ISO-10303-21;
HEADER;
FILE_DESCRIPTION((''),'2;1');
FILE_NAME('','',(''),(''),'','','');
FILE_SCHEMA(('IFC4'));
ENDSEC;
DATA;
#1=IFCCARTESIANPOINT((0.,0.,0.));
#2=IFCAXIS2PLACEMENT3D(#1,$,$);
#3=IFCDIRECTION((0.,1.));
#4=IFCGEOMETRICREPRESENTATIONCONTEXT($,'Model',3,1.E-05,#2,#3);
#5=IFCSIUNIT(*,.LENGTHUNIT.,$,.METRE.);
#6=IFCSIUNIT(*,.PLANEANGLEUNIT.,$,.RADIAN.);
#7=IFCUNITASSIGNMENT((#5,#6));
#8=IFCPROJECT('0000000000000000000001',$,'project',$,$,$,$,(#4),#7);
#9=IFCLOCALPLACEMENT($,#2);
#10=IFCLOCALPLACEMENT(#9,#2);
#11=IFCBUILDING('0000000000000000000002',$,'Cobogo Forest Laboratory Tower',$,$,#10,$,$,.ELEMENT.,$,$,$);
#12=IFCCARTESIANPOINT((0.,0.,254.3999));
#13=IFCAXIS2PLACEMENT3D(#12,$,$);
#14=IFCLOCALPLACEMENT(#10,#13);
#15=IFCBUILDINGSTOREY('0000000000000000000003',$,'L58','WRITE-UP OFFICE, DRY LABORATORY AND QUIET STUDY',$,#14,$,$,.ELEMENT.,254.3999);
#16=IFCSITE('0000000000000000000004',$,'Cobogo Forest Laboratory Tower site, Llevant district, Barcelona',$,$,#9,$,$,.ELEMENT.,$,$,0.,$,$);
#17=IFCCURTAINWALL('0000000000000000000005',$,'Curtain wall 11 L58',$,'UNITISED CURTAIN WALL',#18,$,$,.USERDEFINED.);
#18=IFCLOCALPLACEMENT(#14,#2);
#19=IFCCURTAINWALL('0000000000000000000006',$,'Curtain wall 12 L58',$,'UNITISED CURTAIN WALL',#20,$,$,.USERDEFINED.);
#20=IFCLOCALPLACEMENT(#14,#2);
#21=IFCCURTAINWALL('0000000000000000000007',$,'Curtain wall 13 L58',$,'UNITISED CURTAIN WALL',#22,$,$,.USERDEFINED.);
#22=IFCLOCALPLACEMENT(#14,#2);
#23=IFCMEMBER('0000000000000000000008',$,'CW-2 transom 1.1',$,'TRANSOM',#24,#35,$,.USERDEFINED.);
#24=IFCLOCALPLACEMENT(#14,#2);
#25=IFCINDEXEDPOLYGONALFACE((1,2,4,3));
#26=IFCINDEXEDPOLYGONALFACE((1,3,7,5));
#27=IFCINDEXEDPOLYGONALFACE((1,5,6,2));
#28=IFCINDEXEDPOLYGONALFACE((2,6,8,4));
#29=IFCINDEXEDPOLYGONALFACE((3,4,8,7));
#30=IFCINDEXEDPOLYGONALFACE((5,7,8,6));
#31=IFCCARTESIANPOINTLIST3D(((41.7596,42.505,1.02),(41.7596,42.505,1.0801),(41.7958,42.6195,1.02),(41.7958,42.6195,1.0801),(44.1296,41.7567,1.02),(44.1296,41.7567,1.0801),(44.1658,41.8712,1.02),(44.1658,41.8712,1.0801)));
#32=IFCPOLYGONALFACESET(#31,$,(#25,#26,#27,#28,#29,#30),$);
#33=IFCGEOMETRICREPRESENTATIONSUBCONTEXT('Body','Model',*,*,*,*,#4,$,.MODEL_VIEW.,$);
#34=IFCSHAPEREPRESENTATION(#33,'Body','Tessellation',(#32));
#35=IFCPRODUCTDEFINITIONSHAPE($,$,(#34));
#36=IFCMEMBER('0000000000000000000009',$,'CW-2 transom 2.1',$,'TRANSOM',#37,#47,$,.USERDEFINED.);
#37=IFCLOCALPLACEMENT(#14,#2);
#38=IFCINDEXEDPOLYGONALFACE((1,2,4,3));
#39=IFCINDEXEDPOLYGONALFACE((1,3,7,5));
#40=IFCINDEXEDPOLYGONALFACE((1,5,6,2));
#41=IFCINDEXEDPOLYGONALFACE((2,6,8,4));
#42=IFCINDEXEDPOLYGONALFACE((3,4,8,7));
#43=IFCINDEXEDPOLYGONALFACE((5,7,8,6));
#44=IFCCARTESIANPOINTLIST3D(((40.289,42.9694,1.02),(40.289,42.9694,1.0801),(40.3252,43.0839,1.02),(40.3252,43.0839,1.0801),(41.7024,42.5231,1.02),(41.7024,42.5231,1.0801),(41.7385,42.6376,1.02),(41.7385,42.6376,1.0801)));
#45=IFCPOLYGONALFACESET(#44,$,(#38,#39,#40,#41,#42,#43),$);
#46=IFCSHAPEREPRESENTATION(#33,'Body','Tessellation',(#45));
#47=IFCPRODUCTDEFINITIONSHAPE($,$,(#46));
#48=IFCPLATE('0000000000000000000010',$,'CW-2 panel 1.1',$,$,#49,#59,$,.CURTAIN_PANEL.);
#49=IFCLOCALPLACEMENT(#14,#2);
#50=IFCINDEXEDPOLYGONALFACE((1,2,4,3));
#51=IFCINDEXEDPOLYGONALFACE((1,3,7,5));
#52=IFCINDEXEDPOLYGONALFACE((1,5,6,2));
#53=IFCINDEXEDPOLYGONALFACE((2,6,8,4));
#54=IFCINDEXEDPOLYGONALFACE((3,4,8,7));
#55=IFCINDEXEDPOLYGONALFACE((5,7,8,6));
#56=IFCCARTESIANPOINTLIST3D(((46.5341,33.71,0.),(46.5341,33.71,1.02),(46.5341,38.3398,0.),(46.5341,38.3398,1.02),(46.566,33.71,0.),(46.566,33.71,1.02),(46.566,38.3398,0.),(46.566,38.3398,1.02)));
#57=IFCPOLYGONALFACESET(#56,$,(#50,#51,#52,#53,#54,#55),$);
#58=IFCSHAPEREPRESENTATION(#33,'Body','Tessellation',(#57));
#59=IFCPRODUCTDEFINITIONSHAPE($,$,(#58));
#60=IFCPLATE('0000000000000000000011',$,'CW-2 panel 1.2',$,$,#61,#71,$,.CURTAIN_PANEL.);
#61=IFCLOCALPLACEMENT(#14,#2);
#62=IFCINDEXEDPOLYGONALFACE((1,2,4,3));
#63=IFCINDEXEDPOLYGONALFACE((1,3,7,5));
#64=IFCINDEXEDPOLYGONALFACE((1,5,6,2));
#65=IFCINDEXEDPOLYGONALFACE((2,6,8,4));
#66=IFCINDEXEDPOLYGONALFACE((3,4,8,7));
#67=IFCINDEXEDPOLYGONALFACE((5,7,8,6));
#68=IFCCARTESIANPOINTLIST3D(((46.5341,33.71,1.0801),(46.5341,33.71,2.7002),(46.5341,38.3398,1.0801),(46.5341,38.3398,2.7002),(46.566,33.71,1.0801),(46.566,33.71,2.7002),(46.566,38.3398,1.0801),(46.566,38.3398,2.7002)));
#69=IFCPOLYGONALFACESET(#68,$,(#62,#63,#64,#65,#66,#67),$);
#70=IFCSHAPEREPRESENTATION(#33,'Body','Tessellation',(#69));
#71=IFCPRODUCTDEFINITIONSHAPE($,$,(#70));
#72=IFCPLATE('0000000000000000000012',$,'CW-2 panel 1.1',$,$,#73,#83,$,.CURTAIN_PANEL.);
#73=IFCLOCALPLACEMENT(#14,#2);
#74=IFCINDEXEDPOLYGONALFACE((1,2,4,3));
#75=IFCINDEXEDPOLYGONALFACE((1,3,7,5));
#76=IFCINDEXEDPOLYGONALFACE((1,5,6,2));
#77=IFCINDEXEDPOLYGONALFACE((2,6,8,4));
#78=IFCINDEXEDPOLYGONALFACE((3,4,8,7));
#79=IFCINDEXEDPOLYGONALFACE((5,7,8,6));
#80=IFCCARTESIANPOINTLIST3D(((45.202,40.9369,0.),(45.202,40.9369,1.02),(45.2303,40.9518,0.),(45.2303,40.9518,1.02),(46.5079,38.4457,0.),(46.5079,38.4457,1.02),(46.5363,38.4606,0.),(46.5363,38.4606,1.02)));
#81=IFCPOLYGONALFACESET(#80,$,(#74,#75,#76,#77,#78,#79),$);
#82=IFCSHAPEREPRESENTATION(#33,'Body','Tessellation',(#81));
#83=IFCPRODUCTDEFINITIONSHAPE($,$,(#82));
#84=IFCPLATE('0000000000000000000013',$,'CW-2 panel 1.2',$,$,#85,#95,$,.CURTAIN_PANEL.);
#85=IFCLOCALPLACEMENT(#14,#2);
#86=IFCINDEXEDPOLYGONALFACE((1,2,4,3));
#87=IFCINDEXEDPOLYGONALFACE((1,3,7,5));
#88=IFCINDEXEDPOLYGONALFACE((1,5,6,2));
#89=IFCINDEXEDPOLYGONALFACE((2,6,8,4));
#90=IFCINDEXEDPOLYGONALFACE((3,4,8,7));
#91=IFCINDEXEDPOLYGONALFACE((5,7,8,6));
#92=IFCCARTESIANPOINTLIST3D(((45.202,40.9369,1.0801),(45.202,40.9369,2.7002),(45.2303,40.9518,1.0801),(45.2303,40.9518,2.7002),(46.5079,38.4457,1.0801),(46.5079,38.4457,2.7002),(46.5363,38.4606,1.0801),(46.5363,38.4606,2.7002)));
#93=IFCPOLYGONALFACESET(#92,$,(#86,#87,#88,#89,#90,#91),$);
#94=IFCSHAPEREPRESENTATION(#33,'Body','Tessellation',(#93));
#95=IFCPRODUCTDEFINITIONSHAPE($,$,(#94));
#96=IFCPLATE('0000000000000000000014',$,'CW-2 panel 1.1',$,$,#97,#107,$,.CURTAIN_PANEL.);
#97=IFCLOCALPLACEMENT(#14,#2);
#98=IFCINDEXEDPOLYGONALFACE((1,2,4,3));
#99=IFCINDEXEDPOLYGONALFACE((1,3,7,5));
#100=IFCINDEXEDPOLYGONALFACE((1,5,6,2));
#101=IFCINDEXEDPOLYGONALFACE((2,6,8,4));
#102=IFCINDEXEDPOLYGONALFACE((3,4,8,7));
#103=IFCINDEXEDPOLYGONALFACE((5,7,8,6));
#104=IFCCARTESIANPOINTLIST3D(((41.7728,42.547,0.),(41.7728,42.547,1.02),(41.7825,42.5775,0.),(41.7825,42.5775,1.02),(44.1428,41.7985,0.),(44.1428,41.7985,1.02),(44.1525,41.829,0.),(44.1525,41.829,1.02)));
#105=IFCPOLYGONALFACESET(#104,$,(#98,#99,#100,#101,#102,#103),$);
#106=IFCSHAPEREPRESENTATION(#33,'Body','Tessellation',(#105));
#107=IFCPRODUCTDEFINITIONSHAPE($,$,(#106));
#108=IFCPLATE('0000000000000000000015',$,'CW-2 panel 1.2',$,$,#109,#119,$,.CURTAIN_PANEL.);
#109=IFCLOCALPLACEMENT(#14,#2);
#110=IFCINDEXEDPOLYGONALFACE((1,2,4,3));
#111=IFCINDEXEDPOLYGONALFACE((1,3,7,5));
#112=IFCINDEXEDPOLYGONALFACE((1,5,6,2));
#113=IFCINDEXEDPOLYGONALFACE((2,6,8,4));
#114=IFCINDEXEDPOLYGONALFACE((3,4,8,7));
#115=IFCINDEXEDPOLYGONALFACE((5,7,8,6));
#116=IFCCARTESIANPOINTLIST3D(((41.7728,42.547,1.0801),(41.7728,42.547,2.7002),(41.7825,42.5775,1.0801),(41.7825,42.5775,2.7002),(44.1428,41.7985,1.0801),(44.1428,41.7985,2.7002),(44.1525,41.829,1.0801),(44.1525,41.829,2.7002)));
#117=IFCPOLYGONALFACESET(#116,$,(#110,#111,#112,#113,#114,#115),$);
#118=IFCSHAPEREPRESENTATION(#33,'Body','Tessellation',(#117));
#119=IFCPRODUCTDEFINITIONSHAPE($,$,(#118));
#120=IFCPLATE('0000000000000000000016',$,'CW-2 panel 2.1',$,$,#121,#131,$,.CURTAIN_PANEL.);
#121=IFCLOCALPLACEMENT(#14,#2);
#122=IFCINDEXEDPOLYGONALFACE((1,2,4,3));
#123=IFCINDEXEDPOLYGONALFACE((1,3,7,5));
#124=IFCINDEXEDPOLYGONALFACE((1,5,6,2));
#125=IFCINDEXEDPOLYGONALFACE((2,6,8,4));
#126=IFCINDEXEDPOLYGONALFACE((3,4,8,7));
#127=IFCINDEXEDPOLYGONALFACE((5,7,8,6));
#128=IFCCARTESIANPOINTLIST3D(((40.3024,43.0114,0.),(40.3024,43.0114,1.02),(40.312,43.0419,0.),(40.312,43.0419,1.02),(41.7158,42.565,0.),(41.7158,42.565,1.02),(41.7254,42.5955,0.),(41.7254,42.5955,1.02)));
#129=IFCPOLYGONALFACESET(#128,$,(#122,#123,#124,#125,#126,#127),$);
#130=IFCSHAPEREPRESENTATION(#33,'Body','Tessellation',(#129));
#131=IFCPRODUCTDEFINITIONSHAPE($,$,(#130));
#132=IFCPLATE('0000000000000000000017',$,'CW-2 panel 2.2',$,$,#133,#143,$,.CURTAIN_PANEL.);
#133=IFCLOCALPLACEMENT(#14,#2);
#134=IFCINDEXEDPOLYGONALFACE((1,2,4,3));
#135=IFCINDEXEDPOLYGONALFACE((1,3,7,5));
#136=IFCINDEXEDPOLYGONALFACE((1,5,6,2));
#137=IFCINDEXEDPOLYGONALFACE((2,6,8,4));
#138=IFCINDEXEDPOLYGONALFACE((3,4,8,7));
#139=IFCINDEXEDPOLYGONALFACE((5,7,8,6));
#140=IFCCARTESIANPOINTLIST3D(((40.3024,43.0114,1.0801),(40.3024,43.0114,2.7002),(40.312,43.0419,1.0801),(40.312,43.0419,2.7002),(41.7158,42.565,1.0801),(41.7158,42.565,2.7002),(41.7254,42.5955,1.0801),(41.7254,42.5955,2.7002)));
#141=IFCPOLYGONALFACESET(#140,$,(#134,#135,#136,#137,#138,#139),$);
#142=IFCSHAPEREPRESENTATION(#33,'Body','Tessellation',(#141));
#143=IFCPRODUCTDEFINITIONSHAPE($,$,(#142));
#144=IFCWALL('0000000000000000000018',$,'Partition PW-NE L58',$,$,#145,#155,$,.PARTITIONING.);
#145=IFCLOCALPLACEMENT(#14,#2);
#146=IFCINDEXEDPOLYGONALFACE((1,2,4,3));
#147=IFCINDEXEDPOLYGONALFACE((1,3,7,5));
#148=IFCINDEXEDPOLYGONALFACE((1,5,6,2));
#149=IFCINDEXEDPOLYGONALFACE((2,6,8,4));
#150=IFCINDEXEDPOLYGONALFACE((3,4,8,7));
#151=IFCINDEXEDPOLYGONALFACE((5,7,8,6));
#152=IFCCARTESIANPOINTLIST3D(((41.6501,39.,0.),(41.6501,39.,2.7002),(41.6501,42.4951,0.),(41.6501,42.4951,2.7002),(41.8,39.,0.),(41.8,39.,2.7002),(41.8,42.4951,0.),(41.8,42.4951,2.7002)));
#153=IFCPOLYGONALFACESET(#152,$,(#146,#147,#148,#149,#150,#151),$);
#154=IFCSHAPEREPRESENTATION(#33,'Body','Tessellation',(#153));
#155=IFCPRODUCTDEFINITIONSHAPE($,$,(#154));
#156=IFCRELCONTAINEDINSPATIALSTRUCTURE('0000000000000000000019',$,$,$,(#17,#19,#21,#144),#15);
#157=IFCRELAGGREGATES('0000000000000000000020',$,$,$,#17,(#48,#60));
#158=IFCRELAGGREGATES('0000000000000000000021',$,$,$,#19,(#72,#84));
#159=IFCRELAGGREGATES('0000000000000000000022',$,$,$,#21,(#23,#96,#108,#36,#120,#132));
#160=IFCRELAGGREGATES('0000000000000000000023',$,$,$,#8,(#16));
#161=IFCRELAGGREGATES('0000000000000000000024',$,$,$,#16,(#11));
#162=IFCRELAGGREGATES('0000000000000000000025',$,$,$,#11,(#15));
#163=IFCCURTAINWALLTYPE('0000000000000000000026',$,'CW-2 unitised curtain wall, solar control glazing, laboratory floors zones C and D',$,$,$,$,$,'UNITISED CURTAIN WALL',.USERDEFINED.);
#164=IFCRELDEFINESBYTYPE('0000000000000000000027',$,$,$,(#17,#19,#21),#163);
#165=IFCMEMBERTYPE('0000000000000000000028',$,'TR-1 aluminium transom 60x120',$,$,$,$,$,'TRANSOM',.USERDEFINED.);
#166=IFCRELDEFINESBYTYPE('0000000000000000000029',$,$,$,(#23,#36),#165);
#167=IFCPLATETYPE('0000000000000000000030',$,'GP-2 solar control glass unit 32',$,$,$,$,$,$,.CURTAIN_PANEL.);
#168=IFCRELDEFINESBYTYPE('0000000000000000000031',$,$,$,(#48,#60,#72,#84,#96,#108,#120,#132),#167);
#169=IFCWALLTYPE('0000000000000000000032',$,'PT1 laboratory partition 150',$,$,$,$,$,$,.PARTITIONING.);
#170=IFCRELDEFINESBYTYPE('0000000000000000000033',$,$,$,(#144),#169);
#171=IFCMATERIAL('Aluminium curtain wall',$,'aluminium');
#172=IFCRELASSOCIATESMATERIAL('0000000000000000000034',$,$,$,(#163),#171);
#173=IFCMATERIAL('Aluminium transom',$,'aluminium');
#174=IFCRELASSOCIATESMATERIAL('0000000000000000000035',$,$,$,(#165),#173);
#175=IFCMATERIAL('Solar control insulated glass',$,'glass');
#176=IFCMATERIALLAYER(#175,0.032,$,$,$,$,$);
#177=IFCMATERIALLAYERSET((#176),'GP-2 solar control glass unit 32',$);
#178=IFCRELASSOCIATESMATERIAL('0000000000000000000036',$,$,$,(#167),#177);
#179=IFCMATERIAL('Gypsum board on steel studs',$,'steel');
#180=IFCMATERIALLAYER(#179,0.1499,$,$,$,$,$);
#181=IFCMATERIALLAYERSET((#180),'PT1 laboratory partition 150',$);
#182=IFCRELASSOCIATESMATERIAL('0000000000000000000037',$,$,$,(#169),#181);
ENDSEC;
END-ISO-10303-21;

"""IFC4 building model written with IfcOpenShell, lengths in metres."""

from ifc_helpers import new_model, si_unit, direction, frame, frame_2d, origin, origin_2d, place, context, subcontext, project, spatial, rectangle, extrude, material, layer, layer_set, material_profile, profile_set, type_object, element, aggregate, save


model = new_model("IFC4")

# Units and contexts
model_context = context("Model", 3, precision=1e-05, world=origin(), true_north=direction((0.0, 1.0)))
body_context = subcontext(model_context, "Body", "Model", "MODEL_VIEW")
ifc_project = project(units=[si_unit("LENGTHUNIT", "METRE"), si_unit("PLANEANGLEUNIT", "RADIAN")], contexts=[model_context])

# Site, building, storey
site_placement = place(None, origin())
site = spatial("IfcSite", under=ifc_project, at=site_placement, Name="Cobogo Forest Laboratory Tower site, Llevant district, Barcelona", CompositionType="ELEMENT", RefElevation=0.0)
building_placement = place(site_placement, origin())
building = spatial("IfcBuilding", under=site, at=building_placement, Name="Cobogo Forest Laboratory Tower", CompositionType="ELEMENT")
storey_placement = place(building_placement, frame((0.0, 0.0, 254.3999)))
storey = spatial("IfcBuildingStorey", under=building, at=storey_placement, Name="L58", Description="WRITE-UP OFFICE, DRY LABORATORY AND QUIET STUDY", CompositionType="ELEMENT", Elevation=254.3999)

# Curtain walls
ifc_material_1 = material(Name="Aluminium curtain wall", Category="aluminium")
curtain_wall_type = type_object("IfcCurtainWallType", Name="CW-2 unitised curtain wall, solar control glazing, laboratory floors zones C and D", ElementType="UNITISED CURTAIN WALL", PredefinedType="USERDEFINED", material=ifc_material_1)
curtain_wall_1_placement = place(storey_placement, origin())
curtain_wall_1 = element("IfcCurtainWall", 1, at=curtain_wall_1_placement, inside=storey, type_object=curtain_wall_type, Name="Curtain wall 11 L58", ObjectType="UNITISED CURTAIN WALL", PredefinedType="USERDEFINED")
curtain_wall_2_placement = place(storey_placement, origin())
curtain_wall_2 = element("IfcCurtainWall", 2, at=curtain_wall_2_placement, inside=storey, type_object=curtain_wall_type, Name="Curtain wall 12 L58", ObjectType="UNITISED CURTAIN WALL", PredefinedType="USERDEFINED")
curtain_wall_3_placement = place(storey_placement, origin())
curtain_wall_3 = element("IfcCurtainWall", 3, at=curtain_wall_3_placement, inside=storey, type_object=curtain_wall_type, Name="Curtain wall 13 L58", ObjectType="UNITISED CURTAIN WALL", PredefinedType="USERDEFINED")

# Members
ifc_material_2 = material(Name="Aluminium transom", Category="aluminium")
ifc_material_profile_1 = material_profile(ifc_material_2, rectangle(XDim=0.1201, YDim=0.0601, at=origin_2d()), Name="AL 60x120")
ifc_profile_set_1 = profile_set([ifc_material_profile_1], Name="Aluminium transom")
member_type_1 = type_object("IfcMemberType", Name="TR-1 aluminium transom 60x120", ElementType="TRANSOM", PredefinedType="USERDEFINED", material=ifc_profile_set_1)
member_1_placement = place(storey_placement, frame((44.1477, 41.814, 1.05), z_axis=(-0.953602, 0.30107, 0.0), x_axis=(-0.30107, -0.953602, 0.0)))
member_1 = element("IfcMember", 4, at=member_1_placement, type_object=member_type_1, Name="CW-2 transom 1.1", ObjectType="TRANSOM", PredefinedType="USERDEFINED", context=body_context, shape_type="SweptSolid", body=[
    extrude(rectangle(XDim=0.1201, YDim=0.0601, at=origin_2d()), origin(), (0.0, 0.0, 1.0), 2.4854),
])
member_2_placement = place(storey_placement, frame((41.7205, 42.5803, 1.05), z_axis=(-0.953588, 0.301116, 0.0), x_axis=(-0.301116, -0.953588, 0.0)))
member_2 = element("IfcMember", 5, at=member_2_placement, type_object=member_type_1, Name="CW-2 transom 2.1", ObjectType="TRANSOM", PredefinedType="USERDEFINED", context=body_context, shape_type="SweptSolid", body=[
    extrude(rectangle(XDim=0.1201, YDim=0.0601, at=origin_2d()), origin(), (0.0, 0.0, 1.0), 1.4822),
])

# Plates
ifc_material_3 = material(Name="Solar control insulated glass", Category="glass")
ifc_layer_1 = layer(ifc_material_3, 0.032)
ifc_layer_set_1 = layer_set([ifc_layer_1], Name="GP-2 solar control glass unit 32")
plate_type = type_object("IfcPlateType", Name="GP-2 solar control glass unit 32", PredefinedType="CURTAIN_PANEL", material=ifc_layer_set_1)
plate_1_placement = place(storey_placement, frame((46.55, 36.0249, 0.0), z_axis=(0.0, 0.0, 1.0), x_axis=(0.0, 1.0, 0.0)))
plate_1 = element("IfcPlate", 6, at=plate_1_placement, type_object=plate_type, Name="CW-2 panel 1.1", PredefinedType="CURTAIN_PANEL", context=body_context, shape_type="SweptSolid", body=[
    extrude(rectangle(XDim=4.6299, YDim=0.032, at=origin_2d()), origin(), (0.0, 0.0, 1.0), 1.02),
])
plate_2_placement = place(storey_placement, frame((46.55, 36.0249, 1.0801), z_axis=(0.0, 0.0, 1.0), x_axis=(0.0, 1.0, 0.0)))
plate_2 = element("IfcPlate", 7, at=plate_2_placement, type_object=plate_type, Name="CW-2 panel 1.2", PredefinedType="CURTAIN_PANEL", context=body_context, shape_type="SweptSolid", body=[
    extrude(rectangle(XDim=4.6299, YDim=0.032, at=origin_2d()), origin(), (0.0, 0.0, 1.0), 1.6201),
])
aggregate(curtain_wall_1, [plate_1, plate_2])
plate_3_placement = place(storey_placement, frame((45.8691, 39.6987, 0.0), z_axis=(0.0, 0.0, 1.0), x_axis=(-0.464284, 0.885686, 0.0)))
plate_3 = element("IfcPlate", 8, at=plate_3_placement, type_object=plate_type, Name="CW-2 panel 1.1", PredefinedType="CURTAIN_PANEL", context=body_context, shape_type="SweptSolid", body=[
    extrude(rectangle(XDim=2.8127, YDim=0.032, at=origin_2d()), origin(), (0.0, 0.0, 1.0), 1.02),
])
plate_4_placement = place(storey_placement, frame((45.8691, 39.6987, 1.0801), z_axis=(0.0, 0.0, 1.0), x_axis=(-0.464284, 0.885686, 0.0)))
plate_4 = element("IfcPlate", 9, at=plate_4_placement, type_object=plate_type, Name="CW-2 panel 1.2", PredefinedType="CURTAIN_PANEL", context=body_context, shape_type="SweptSolid", body=[
    extrude(rectangle(XDim=2.8127, YDim=0.032, at=origin_2d()), origin(), (0.0, 0.0, 1.0), 1.6201),
])
aggregate(curtain_wall_2, [plate_3, plate_4])
plate_5_placement = place(storey_placement, frame((42.9626, 42.188, 0.0), z_axis=(0.0, 0.0, 1.0), x_axis=(-0.953581, 0.301135, 0.0)))
plate_5 = element("IfcPlate", 10, at=plate_5_placement, type_object=plate_type, Name="CW-2 panel 1.1", PredefinedType="CURTAIN_PANEL", context=body_context, shape_type="SweptSolid", body=[
    extrude(rectangle(XDim=2.4854, YDim=0.032, at=origin_2d()), origin(), (0.0, 0.0, 1.0), 1.02),
])
plate_6_placement = place(storey_placement, frame((42.9626, 42.188, 1.0801), z_axis=(0.0, 0.0, 1.0), x_axis=(-0.953581, 0.301135, 0.0)))
plate_6 = element("IfcPlate", 11, at=plate_6_placement, type_object=plate_type, Name="CW-2 panel 1.2", PredefinedType="CURTAIN_PANEL", context=body_context, shape_type="SweptSolid", body=[
    extrude(rectangle(XDim=2.4854, YDim=0.032, at=origin_2d()), origin(), (0.0, 0.0, 1.0), 1.6201),
])
plate_7_placement = place(storey_placement, frame((41.0139, 42.8035, 0.0), z_axis=(0.0, 0.0, 1.0), x_axis=(-0.953581, 0.301135, 0.0)))
plate_7 = element("IfcPlate", 12, at=plate_7_placement, type_object=plate_type, Name="CW-2 panel 2.1", PredefinedType="CURTAIN_PANEL", context=body_context, shape_type="SweptSolid", body=[
    extrude(rectangle(XDim=1.4822, YDim=0.032, at=origin_2d()), origin(), (0.0, 0.0, 1.0), 1.02),
])
plate_8_placement = place(storey_placement, frame((41.0139, 42.8035, 1.0801), z_axis=(0.0, 0.0, 1.0), x_axis=(-0.953581, 0.301135, 0.0)))
plate_8 = element("IfcPlate", 13, at=plate_8_placement, type_object=plate_type, Name="CW-2 panel 2.2", PredefinedType="CURTAIN_PANEL", context=body_context, shape_type="SweptSolid", body=[
    extrude(rectangle(XDim=1.4822, YDim=0.032, at=origin_2d()), origin(), (0.0, 0.0, 1.0), 1.6201),
])
aggregate(curtain_wall_3, [member_1, plate_5, plate_6, member_2, plate_7, plate_8])

# Wall
ifc_material_4 = material(Name="Gypsum board on steel studs", Category="steel")
ifc_layer_2 = layer(ifc_material_4, 0.1499)
ifc_layer_set_2 = layer_set([ifc_layer_2], Name="PT1 laboratory partition 150")
wall_type = type_object("IfcWallType", Name="PT1 laboratory partition 150", PredefinedType="PARTITIONING", material=ifc_layer_set_2)
wall_placement = place(storey_placement, frame((41.7251, 42.4951, 0.0), z_axis=(0.0, 0.0, 1.0), x_axis=(0.0, -1.0, 0.0)))
element("IfcWall", 14, at=wall_placement, inside=storey, type_object=wall_type, Name="Partition PW-NE L58", PredefinedType="PARTITIONING", context=body_context, shape_type="SweptSolid", body=[
    extrude(rectangle(XDim=3.4951, YDim=0.1499, at=frame_2d((1.7476, 0.0))), origin(), (0.0, 0.0, 1.0), 2.7002),
])

save(model, "model.ifc")
